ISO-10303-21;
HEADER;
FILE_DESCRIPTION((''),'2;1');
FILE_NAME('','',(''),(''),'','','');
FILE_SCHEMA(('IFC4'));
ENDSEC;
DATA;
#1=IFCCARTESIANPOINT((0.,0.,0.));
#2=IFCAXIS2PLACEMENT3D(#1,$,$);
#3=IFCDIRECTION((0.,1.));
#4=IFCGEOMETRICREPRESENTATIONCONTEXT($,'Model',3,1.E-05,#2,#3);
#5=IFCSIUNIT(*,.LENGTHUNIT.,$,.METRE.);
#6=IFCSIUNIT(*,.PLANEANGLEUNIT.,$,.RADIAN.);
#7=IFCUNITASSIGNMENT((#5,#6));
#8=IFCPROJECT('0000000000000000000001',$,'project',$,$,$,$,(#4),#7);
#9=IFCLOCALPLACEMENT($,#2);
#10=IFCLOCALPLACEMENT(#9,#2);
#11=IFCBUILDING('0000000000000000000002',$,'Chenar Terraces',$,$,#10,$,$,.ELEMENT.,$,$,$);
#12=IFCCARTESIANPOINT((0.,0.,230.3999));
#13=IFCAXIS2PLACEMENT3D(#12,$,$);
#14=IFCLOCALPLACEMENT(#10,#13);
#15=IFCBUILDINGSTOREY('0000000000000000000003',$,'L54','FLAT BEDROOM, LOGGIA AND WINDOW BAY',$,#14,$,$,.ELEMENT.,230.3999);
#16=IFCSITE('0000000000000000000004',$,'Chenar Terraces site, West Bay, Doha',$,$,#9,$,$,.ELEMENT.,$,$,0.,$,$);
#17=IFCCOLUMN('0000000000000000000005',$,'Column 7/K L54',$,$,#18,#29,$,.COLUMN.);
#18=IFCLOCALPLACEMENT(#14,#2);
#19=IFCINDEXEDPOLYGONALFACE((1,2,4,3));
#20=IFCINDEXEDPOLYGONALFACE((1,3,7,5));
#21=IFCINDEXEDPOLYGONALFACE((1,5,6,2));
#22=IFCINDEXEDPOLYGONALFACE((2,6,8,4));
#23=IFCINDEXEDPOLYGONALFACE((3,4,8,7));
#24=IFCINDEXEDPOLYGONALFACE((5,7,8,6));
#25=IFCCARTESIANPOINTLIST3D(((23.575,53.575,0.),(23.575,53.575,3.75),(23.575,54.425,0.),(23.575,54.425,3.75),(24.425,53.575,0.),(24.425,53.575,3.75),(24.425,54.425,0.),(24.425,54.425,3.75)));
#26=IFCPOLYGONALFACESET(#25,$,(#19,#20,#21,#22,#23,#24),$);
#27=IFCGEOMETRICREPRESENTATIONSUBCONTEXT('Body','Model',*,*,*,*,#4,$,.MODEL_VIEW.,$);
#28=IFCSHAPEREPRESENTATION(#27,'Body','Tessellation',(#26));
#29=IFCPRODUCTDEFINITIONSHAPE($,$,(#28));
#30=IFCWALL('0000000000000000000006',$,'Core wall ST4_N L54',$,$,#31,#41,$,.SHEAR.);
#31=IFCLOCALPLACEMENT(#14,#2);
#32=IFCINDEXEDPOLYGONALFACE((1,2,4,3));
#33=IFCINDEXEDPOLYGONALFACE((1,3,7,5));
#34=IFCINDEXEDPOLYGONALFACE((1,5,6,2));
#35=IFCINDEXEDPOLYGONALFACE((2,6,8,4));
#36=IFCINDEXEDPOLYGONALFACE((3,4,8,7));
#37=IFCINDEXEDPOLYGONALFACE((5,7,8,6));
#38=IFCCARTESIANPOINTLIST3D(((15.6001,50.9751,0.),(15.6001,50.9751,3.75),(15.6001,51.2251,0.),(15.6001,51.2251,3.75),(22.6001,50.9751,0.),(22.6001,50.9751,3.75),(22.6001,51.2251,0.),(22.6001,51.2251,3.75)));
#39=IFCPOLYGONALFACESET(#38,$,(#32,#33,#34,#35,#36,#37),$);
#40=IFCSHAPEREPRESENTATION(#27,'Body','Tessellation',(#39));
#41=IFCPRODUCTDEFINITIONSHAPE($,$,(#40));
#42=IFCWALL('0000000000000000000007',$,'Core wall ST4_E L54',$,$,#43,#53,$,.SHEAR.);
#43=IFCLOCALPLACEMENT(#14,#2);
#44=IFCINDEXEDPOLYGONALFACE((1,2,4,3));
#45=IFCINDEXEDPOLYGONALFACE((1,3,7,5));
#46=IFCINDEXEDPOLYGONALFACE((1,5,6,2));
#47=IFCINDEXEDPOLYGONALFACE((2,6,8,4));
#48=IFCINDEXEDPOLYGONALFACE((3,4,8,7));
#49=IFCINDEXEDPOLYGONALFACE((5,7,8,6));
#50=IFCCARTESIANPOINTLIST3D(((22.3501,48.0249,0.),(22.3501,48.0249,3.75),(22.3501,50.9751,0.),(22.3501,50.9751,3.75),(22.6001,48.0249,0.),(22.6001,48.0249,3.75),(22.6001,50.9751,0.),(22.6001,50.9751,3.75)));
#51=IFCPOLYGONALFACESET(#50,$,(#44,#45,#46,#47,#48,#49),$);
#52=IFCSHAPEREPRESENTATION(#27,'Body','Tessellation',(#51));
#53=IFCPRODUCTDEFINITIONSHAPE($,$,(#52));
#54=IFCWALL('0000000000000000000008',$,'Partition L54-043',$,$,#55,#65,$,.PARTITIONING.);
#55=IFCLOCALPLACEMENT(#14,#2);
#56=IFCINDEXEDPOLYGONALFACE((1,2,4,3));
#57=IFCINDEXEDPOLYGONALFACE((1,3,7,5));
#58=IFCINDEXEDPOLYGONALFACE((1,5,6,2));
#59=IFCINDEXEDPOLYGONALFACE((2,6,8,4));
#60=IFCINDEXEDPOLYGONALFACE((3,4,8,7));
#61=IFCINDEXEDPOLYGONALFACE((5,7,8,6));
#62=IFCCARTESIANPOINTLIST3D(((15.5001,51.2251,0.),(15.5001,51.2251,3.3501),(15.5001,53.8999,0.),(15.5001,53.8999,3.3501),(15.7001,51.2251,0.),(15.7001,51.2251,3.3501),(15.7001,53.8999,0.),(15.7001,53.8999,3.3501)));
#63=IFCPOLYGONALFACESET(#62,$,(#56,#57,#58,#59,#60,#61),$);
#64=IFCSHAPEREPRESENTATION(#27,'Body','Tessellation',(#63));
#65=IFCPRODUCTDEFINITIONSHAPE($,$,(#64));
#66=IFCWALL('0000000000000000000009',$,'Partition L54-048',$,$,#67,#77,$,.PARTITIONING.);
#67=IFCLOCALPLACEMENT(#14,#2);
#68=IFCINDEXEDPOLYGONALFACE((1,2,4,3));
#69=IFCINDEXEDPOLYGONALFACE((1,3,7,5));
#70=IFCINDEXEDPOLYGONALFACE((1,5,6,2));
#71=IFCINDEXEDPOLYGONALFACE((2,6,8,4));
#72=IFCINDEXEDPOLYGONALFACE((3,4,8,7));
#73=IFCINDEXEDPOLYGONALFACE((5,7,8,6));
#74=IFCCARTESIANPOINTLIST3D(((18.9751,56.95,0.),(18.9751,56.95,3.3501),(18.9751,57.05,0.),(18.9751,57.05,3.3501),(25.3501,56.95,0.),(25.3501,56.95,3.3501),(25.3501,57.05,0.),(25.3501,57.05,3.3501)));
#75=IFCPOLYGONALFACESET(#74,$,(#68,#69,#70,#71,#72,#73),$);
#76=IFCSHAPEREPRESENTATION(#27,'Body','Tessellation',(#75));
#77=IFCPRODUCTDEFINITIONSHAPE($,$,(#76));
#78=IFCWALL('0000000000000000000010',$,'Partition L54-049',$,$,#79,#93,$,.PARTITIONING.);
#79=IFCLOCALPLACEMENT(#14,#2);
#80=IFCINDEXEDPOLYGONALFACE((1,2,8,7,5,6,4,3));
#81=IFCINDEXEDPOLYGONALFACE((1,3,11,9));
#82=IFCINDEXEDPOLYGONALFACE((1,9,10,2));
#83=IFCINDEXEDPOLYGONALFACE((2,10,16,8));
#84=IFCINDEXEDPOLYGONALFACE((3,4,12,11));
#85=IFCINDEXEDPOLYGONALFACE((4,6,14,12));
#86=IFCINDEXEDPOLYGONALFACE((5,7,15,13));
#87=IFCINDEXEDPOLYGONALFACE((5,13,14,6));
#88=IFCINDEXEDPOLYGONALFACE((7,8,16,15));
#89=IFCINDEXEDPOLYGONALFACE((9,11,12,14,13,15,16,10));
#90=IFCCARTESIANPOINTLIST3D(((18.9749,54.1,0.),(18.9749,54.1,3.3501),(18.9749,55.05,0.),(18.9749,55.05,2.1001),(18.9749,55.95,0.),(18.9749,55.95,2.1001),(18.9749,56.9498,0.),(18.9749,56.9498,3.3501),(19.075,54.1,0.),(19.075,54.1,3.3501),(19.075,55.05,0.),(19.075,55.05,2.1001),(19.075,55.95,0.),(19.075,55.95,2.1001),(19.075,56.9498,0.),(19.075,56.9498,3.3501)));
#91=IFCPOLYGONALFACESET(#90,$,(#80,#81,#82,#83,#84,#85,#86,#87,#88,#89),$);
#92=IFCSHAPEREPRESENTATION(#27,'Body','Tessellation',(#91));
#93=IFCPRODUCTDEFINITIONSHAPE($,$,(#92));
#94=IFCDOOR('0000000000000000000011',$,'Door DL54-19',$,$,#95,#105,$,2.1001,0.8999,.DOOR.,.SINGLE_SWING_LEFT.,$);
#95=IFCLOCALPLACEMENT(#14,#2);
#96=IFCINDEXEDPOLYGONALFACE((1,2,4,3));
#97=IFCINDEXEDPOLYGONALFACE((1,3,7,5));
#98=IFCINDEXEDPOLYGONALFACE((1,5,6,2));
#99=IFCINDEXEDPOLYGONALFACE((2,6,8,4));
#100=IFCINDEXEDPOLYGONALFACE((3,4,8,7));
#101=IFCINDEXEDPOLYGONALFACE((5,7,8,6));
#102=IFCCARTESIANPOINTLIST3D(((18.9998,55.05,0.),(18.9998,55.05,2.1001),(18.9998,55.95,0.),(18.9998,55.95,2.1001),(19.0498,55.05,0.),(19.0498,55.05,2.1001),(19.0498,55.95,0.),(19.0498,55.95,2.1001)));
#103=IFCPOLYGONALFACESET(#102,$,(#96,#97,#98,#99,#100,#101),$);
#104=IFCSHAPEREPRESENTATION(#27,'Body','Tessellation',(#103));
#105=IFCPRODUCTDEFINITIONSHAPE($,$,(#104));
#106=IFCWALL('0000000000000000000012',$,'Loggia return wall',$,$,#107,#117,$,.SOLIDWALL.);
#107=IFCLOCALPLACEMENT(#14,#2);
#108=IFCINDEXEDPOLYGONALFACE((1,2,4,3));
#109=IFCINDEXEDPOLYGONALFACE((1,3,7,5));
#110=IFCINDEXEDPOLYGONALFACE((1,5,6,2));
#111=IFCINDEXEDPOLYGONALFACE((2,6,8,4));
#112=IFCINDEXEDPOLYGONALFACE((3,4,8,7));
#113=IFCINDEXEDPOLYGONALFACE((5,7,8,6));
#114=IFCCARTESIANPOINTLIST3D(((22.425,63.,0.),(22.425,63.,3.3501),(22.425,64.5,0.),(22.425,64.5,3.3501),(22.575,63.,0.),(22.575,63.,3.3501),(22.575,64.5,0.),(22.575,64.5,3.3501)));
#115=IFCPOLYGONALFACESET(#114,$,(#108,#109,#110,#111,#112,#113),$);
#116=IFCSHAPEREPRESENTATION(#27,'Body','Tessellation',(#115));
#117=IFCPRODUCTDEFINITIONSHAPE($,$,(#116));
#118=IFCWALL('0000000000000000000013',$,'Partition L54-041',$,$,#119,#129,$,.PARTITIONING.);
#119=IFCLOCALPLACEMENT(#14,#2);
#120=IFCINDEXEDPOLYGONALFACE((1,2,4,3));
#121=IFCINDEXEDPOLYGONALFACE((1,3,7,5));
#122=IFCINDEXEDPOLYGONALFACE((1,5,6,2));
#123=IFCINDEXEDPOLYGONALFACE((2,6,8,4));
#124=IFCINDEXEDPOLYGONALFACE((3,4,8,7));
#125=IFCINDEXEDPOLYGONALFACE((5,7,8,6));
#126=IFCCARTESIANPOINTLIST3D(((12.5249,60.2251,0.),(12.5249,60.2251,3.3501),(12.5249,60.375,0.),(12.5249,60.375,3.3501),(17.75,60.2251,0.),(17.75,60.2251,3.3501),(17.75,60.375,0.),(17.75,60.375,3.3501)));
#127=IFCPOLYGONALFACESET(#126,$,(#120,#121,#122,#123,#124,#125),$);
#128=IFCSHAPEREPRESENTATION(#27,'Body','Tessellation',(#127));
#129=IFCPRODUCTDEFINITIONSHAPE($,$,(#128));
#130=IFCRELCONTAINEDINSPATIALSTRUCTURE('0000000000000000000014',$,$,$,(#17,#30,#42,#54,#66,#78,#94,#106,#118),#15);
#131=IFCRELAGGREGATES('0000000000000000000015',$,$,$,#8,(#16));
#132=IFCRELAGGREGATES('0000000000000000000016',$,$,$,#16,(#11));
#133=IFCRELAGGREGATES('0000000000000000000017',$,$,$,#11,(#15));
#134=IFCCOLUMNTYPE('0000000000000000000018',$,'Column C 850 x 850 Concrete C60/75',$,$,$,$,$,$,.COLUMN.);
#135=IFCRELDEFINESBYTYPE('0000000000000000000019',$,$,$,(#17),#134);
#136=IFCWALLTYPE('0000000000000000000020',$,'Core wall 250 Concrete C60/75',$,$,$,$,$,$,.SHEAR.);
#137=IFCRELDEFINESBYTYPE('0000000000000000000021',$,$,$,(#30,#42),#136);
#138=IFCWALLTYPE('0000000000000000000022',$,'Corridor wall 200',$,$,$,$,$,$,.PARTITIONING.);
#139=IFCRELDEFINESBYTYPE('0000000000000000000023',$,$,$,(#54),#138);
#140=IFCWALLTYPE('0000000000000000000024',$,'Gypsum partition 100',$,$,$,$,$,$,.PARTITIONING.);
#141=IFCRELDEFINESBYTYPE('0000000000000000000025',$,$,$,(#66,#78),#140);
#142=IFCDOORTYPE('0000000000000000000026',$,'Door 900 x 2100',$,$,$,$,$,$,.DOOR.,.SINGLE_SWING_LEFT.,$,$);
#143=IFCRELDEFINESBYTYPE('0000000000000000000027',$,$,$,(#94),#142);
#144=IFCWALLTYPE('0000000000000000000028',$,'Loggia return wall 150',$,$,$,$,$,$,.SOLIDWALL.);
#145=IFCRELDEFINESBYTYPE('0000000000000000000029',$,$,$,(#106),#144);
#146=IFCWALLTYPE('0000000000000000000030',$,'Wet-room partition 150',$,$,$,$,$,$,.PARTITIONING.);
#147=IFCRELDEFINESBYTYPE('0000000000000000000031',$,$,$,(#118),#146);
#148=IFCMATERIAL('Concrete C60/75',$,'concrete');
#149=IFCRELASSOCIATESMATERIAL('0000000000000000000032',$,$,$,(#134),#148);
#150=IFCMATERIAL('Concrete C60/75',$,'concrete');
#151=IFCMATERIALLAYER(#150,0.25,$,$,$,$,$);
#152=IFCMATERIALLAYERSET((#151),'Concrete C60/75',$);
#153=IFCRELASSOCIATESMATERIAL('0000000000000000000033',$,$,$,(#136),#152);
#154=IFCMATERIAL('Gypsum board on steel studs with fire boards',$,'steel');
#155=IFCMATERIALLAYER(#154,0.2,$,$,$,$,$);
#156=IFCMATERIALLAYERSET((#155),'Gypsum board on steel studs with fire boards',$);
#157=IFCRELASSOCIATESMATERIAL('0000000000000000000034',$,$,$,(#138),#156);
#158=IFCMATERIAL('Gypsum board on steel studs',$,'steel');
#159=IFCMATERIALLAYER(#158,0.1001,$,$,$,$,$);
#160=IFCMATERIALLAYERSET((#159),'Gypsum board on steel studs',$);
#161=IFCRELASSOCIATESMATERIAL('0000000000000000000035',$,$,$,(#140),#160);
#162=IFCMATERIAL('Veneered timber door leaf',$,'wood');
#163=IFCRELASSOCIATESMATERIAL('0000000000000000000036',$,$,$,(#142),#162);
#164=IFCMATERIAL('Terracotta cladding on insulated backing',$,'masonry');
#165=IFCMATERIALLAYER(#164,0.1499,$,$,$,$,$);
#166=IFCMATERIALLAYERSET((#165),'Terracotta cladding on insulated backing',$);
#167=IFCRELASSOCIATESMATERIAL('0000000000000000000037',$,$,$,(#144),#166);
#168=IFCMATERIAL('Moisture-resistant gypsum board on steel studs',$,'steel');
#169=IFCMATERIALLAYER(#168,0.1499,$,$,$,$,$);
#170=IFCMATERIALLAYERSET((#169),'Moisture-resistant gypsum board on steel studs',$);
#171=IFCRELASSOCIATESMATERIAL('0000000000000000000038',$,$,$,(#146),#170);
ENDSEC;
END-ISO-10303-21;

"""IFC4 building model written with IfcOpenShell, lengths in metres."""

from ifc_helpers import new_model, si_unit, direction, frame, frame_2d, origin, origin_2d, place, context, subcontext, project, spatial, rectangle, extrude, material, layer, layer_set, material_profile, profile_set, type_object, element, fill, save


model = new_model("IFC4")

# Units and contexts
model_context = context("Model", 3, precision=1e-05, world=origin(), true_north=direction((0.0, 1.0)))
body_context = subcontext(model_context, "Body", "Model", "MODEL_VIEW")
ifc_project = project(units=[si_unit("LENGTHUNIT", "METRE"), si_unit("PLANEANGLEUNIT", "RADIAN")], contexts=[model_context])

# Site, building, storey
site_placement = place(None, origin())
site = spatial("IfcSite", under=ifc_project, at=site_placement, Name="Chenar Terraces site, West Bay, Doha", CompositionType="ELEMENT", RefElevation=0.0)
building_placement = place(site_placement, origin())
building = spatial("IfcBuilding", under=site, at=building_placement, Name="Chenar Terraces", CompositionType="ELEMENT")
storey_placement = place(building_placement, frame((0.0, 0.0, 230.3999)))
storey = spatial("IfcBuildingStorey", under=building, at=storey_placement, Name="L54", Description="FLAT BEDROOM, LOGGIA AND WINDOW BAY", CompositionType="ELEMENT", Elevation=230.3999)

# Column
ifc_material_1 = material(Name="Concrete C60/75", Category="concrete")
ifc_material_profile = material_profile(ifc_material_1, rectangle(XDim=0.8501, YDim=0.8501, at=origin_2d()), Name="C 850 x 850")
ifc_profile_set = profile_set([ifc_material_profile], Name="Concrete C60/75")
column_type = type_object("IfcColumnType", Name="Column C 850 x 850 Concrete C60/75", PredefinedType="COLUMN", material=ifc_profile_set)
column_placement = place(storey_placement, frame((24.0, 54.0, 0.0), z_axis=(0.0, 0.0, 1.0), x_axis=(1.0, 0.0, 0.0)))
element("IfcColumn", 1, at=column_placement, inside=storey, type_object=column_type, Name="Column 7/K L54", PredefinedType="COLUMN", context=body_context, shape_type="SweptSolid", body=[
    extrude(rectangle(XDim=0.8501, YDim=0.8501, at=origin_2d()), origin(), (0.0, 0.0, 1.0), 3.75),
])

# Walls
ifc_material_2 = material(Name="Concrete C60/75", Category="concrete")
ifc_layer_1 = layer(ifc_material_2, 0.25)
ifc_layer_set_1 = layer_set([ifc_layer_1], Name="Concrete C60/75")
wall_type_1 = type_object("IfcWallType", Name="Core wall 250 Concrete C60/75", PredefinedType="SHEAR", material=ifc_layer_set_1)
wall_1_placement = place(storey_placement, frame((15.6001, 51.1001, 0.0), z_axis=(0.0, 0.0, 1.0), x_axis=(1.0, 0.0, 0.0)))
element("IfcWall", 2, at=wall_1_placement, inside=storey, type_object=wall_type_1, Name="Core wall ST4_N L54", PredefinedType="SHEAR", context=body_context, shape_type="SweptSolid", body=[
    extrude(rectangle(XDim=7.0, YDim=0.25, at=frame_2d((3.5, 0.0))), origin(), (0.0, 0.0, 1.0), 3.75),
])
wall_2_placement = place(storey_placement, frame((22.4751, 48.0249, 0.0), z_axis=(0.0, 0.0, 1.0), x_axis=(0.0, 1.0, 0.0)))
element("IfcWall", 3, at=wall_2_placement, inside=storey, type_object=wall_type_1, Name="Core wall ST4_E L54", PredefinedType="SHEAR", context=body_context, shape_type="SweptSolid", body=[
    extrude(rectangle(XDim=2.9502, YDim=0.25, at=frame_2d((1.4751, 0.0))), origin(), (0.0, 0.0, 1.0), 3.75),
])
ifc_material_3 = material(Name="Gypsum board on steel studs with fire boards", Category="steel")
ifc_layer_2 = layer(ifc_material_3, 0.2)
ifc_layer_set_2 = layer_set([ifc_layer_2], Name="Gypsum board on steel studs with fire boards")
wall_type_2 = type_object("IfcWallType", Name="Corridor wall 200", PredefinedType="PARTITIONING", material=ifc_layer_set_2)
wall_3_placement = place(storey_placement, frame((15.6001, 51.2251, 0.0), z_axis=(0.0, 0.0, 1.0), x_axis=(0.0, 1.0, 0.0)))
element("IfcWall", 4, at=wall_3_placement, inside=storey, type_object=wall_type_2, Name="Partition L54-043", PredefinedType="PARTITIONING", context=body_context, shape_type="SweptSolid", body=[
    extrude(rectangle(XDim=2.6748, YDim=0.2, at=frame_2d((1.3374, 0.0))), origin(), (0.0, 0.0, 1.0), 3.3501),
])

# Wall
ifc_material_4 = material(Name="Gypsum board on steel studs", Category="steel")
ifc_layer_3 = layer(ifc_material_4, 0.1001)
ifc_layer_set_3 = layer_set([ifc_layer_3], Name="Gypsum board on steel studs")
wall_type_3 = type_object("IfcWallType", Name="Gypsum partition 100", PredefinedType="PARTITIONING", material=ifc_layer_set_3)
wall_4_placement = place(storey_placement, frame((18.9751, 57.0, 0.0), z_axis=(0.0, 0.0, 1.0), x_axis=(1.0, 0.0, 0.0)))
element("IfcWall", 5, at=wall_4_placement, inside=storey, type_object=wall_type_3, Name="Partition L54-048", PredefinedType="PARTITIONING", context=body_context, shape_type="SweptSolid", body=[
    extrude(rectangle(XDim=6.375, YDim=0.1001, at=frame_2d((3.1875, 0.0))), origin(), (0.0, 0.0, 1.0), 3.3501),
])

# Wall, opening, door
wall_5_placement = place(storey_placement, frame((19.0249, 54.1001, 0.0), z_axis=(0.0, 0.0, 1.0), x_axis=(0.0, 1.0, 0.0)))
wall_5 = element("IfcWall", 6, at=wall_5_placement, inside=storey, type_object=wall_type_3, Name="Partition L54-049", PredefinedType="PARTITIONING", context=body_context, shape_type="SweptSolid", body=[
    extrude(rectangle(XDim=2.8499, YDim=0.1001, at=frame_2d((1.4248, 0.0))), origin(), (0.0, 0.0, 1.0), 3.3501),
])
opening_1_placement = place(wall_5_placement, frame((0.95, 0.0, 0.0)))
opening_1 = element("IfcOpeningElement", 7, at=opening_1_placement, cuts=wall_5, PredefinedType="OPENING", context=body_context, shape_type="SweptSolid", body=[
    extrude(rectangle(XDim=0.8999, YDim=2.1001, at=frame_2d((0.45, 1.05))), frame((0.0, 0.0601, 0.0), z_axis=(0.0, -1.0, 0.0), x_axis=(1.0, 0.0, 0.0)), (0.0, 0.0, 1.0), 0.1201),
])
ifc_material_5 = material(Name="Veneered timber door leaf", Category="wood")
door_type_1 = type_object("IfcDoorType", Name="Door 900 x 2100", OperationType="SINGLE_SWING_LEFT", PredefinedType="DOOR", material=ifc_material_5)
door_1_placement = place(opening_1_placement, frame((0.8999, 0.0, 0.0), z_axis=(0.0, 0.0, 1.0), x_axis=(-1.0, 0.0, 0.0)))
door_1 = element("IfcDoor", 8, at=door_1_placement, inside=storey, type_object=door_type_1, Name="Door DL54-19", OperationType="SINGLE_SWING_LEFT", OverallHeight=2.1001, OverallWidth=0.8999, PredefinedType="DOOR", context=body_context, shape_type="SweptSolid", body=[
    extrude(rectangle(XDim=0.8999, YDim=2.1001, at=frame_2d((0.45, 1.05))), frame((0.0, 0.0249, 0.0), z_axis=(0.0, -1.0, 0.0), x_axis=(1.0, 0.0, 0.0)), (0.0, 0.0, 1.0), 0.05),
])
fill(opening_1, door_1)

# Walls
ifc_material_6 = material(Name="Terracotta cladding on insulated backing", Category="masonry")
ifc_layer_4 = layer(ifc_material_6, 0.1499)
ifc_layer_set_4 = layer_set([ifc_layer_4], Name="Terracotta cladding on insulated backing")
wall_type_4 = type_object("IfcWallType", Name="Loggia return wall 150", PredefinedType="SOLIDWALL", material=ifc_layer_set_4)
wall_6_placement = place(storey_placement, frame((22.5, 64.5, 0.0), z_axis=(0.0, 0.0, 1.0), x_axis=(0.0, -1.0, 0.0)))
element("IfcWall", 9, at=wall_6_placement, inside=storey, type_object=wall_type_4, Name="Loggia return wall", PredefinedType="SOLIDWALL", context=body_context, shape_type="SweptSolid", body=[
    extrude(rectangle(XDim=1.5, YDim=0.1499, at=frame_2d((0.75, 0.0))), origin(), (0.0, 0.0, 1.0), 3.3501),
])
ifc_material_7 = material(Name="Moisture-resistant gypsum board on steel studs", Category="steel")
ifc_layer_5 = layer(ifc_material_7, 0.1499)
ifc_layer_set_5 = layer_set([ifc_layer_5], Name="Moisture-resistant gypsum board on steel studs")
wall_type_5 = type_object("IfcWallType", Name="Wet-room partition 150", PredefinedType="PARTITIONING", material=ifc_layer_set_5)
wall_7_placement = place(storey_placement, frame((12.5249, 60.3, 0.0), z_axis=(0.0, 0.0, 1.0), x_axis=(1.0, 0.0, 0.0)))
element("IfcWall", 10, at=wall_7_placement, inside=storey, type_object=wall_type_5, Name="Partition L54-041", PredefinedType="PARTITIONING", context=body_context, shape_type="SweptSolid", body=[
    extrude(rectangle(XDim=5.2251, YDim=0.1499, at=frame_2d((2.6125, 0.0))), origin(), (0.0, 0.0, 1.0), 3.3501),
])

save(model, "model.ifc")
